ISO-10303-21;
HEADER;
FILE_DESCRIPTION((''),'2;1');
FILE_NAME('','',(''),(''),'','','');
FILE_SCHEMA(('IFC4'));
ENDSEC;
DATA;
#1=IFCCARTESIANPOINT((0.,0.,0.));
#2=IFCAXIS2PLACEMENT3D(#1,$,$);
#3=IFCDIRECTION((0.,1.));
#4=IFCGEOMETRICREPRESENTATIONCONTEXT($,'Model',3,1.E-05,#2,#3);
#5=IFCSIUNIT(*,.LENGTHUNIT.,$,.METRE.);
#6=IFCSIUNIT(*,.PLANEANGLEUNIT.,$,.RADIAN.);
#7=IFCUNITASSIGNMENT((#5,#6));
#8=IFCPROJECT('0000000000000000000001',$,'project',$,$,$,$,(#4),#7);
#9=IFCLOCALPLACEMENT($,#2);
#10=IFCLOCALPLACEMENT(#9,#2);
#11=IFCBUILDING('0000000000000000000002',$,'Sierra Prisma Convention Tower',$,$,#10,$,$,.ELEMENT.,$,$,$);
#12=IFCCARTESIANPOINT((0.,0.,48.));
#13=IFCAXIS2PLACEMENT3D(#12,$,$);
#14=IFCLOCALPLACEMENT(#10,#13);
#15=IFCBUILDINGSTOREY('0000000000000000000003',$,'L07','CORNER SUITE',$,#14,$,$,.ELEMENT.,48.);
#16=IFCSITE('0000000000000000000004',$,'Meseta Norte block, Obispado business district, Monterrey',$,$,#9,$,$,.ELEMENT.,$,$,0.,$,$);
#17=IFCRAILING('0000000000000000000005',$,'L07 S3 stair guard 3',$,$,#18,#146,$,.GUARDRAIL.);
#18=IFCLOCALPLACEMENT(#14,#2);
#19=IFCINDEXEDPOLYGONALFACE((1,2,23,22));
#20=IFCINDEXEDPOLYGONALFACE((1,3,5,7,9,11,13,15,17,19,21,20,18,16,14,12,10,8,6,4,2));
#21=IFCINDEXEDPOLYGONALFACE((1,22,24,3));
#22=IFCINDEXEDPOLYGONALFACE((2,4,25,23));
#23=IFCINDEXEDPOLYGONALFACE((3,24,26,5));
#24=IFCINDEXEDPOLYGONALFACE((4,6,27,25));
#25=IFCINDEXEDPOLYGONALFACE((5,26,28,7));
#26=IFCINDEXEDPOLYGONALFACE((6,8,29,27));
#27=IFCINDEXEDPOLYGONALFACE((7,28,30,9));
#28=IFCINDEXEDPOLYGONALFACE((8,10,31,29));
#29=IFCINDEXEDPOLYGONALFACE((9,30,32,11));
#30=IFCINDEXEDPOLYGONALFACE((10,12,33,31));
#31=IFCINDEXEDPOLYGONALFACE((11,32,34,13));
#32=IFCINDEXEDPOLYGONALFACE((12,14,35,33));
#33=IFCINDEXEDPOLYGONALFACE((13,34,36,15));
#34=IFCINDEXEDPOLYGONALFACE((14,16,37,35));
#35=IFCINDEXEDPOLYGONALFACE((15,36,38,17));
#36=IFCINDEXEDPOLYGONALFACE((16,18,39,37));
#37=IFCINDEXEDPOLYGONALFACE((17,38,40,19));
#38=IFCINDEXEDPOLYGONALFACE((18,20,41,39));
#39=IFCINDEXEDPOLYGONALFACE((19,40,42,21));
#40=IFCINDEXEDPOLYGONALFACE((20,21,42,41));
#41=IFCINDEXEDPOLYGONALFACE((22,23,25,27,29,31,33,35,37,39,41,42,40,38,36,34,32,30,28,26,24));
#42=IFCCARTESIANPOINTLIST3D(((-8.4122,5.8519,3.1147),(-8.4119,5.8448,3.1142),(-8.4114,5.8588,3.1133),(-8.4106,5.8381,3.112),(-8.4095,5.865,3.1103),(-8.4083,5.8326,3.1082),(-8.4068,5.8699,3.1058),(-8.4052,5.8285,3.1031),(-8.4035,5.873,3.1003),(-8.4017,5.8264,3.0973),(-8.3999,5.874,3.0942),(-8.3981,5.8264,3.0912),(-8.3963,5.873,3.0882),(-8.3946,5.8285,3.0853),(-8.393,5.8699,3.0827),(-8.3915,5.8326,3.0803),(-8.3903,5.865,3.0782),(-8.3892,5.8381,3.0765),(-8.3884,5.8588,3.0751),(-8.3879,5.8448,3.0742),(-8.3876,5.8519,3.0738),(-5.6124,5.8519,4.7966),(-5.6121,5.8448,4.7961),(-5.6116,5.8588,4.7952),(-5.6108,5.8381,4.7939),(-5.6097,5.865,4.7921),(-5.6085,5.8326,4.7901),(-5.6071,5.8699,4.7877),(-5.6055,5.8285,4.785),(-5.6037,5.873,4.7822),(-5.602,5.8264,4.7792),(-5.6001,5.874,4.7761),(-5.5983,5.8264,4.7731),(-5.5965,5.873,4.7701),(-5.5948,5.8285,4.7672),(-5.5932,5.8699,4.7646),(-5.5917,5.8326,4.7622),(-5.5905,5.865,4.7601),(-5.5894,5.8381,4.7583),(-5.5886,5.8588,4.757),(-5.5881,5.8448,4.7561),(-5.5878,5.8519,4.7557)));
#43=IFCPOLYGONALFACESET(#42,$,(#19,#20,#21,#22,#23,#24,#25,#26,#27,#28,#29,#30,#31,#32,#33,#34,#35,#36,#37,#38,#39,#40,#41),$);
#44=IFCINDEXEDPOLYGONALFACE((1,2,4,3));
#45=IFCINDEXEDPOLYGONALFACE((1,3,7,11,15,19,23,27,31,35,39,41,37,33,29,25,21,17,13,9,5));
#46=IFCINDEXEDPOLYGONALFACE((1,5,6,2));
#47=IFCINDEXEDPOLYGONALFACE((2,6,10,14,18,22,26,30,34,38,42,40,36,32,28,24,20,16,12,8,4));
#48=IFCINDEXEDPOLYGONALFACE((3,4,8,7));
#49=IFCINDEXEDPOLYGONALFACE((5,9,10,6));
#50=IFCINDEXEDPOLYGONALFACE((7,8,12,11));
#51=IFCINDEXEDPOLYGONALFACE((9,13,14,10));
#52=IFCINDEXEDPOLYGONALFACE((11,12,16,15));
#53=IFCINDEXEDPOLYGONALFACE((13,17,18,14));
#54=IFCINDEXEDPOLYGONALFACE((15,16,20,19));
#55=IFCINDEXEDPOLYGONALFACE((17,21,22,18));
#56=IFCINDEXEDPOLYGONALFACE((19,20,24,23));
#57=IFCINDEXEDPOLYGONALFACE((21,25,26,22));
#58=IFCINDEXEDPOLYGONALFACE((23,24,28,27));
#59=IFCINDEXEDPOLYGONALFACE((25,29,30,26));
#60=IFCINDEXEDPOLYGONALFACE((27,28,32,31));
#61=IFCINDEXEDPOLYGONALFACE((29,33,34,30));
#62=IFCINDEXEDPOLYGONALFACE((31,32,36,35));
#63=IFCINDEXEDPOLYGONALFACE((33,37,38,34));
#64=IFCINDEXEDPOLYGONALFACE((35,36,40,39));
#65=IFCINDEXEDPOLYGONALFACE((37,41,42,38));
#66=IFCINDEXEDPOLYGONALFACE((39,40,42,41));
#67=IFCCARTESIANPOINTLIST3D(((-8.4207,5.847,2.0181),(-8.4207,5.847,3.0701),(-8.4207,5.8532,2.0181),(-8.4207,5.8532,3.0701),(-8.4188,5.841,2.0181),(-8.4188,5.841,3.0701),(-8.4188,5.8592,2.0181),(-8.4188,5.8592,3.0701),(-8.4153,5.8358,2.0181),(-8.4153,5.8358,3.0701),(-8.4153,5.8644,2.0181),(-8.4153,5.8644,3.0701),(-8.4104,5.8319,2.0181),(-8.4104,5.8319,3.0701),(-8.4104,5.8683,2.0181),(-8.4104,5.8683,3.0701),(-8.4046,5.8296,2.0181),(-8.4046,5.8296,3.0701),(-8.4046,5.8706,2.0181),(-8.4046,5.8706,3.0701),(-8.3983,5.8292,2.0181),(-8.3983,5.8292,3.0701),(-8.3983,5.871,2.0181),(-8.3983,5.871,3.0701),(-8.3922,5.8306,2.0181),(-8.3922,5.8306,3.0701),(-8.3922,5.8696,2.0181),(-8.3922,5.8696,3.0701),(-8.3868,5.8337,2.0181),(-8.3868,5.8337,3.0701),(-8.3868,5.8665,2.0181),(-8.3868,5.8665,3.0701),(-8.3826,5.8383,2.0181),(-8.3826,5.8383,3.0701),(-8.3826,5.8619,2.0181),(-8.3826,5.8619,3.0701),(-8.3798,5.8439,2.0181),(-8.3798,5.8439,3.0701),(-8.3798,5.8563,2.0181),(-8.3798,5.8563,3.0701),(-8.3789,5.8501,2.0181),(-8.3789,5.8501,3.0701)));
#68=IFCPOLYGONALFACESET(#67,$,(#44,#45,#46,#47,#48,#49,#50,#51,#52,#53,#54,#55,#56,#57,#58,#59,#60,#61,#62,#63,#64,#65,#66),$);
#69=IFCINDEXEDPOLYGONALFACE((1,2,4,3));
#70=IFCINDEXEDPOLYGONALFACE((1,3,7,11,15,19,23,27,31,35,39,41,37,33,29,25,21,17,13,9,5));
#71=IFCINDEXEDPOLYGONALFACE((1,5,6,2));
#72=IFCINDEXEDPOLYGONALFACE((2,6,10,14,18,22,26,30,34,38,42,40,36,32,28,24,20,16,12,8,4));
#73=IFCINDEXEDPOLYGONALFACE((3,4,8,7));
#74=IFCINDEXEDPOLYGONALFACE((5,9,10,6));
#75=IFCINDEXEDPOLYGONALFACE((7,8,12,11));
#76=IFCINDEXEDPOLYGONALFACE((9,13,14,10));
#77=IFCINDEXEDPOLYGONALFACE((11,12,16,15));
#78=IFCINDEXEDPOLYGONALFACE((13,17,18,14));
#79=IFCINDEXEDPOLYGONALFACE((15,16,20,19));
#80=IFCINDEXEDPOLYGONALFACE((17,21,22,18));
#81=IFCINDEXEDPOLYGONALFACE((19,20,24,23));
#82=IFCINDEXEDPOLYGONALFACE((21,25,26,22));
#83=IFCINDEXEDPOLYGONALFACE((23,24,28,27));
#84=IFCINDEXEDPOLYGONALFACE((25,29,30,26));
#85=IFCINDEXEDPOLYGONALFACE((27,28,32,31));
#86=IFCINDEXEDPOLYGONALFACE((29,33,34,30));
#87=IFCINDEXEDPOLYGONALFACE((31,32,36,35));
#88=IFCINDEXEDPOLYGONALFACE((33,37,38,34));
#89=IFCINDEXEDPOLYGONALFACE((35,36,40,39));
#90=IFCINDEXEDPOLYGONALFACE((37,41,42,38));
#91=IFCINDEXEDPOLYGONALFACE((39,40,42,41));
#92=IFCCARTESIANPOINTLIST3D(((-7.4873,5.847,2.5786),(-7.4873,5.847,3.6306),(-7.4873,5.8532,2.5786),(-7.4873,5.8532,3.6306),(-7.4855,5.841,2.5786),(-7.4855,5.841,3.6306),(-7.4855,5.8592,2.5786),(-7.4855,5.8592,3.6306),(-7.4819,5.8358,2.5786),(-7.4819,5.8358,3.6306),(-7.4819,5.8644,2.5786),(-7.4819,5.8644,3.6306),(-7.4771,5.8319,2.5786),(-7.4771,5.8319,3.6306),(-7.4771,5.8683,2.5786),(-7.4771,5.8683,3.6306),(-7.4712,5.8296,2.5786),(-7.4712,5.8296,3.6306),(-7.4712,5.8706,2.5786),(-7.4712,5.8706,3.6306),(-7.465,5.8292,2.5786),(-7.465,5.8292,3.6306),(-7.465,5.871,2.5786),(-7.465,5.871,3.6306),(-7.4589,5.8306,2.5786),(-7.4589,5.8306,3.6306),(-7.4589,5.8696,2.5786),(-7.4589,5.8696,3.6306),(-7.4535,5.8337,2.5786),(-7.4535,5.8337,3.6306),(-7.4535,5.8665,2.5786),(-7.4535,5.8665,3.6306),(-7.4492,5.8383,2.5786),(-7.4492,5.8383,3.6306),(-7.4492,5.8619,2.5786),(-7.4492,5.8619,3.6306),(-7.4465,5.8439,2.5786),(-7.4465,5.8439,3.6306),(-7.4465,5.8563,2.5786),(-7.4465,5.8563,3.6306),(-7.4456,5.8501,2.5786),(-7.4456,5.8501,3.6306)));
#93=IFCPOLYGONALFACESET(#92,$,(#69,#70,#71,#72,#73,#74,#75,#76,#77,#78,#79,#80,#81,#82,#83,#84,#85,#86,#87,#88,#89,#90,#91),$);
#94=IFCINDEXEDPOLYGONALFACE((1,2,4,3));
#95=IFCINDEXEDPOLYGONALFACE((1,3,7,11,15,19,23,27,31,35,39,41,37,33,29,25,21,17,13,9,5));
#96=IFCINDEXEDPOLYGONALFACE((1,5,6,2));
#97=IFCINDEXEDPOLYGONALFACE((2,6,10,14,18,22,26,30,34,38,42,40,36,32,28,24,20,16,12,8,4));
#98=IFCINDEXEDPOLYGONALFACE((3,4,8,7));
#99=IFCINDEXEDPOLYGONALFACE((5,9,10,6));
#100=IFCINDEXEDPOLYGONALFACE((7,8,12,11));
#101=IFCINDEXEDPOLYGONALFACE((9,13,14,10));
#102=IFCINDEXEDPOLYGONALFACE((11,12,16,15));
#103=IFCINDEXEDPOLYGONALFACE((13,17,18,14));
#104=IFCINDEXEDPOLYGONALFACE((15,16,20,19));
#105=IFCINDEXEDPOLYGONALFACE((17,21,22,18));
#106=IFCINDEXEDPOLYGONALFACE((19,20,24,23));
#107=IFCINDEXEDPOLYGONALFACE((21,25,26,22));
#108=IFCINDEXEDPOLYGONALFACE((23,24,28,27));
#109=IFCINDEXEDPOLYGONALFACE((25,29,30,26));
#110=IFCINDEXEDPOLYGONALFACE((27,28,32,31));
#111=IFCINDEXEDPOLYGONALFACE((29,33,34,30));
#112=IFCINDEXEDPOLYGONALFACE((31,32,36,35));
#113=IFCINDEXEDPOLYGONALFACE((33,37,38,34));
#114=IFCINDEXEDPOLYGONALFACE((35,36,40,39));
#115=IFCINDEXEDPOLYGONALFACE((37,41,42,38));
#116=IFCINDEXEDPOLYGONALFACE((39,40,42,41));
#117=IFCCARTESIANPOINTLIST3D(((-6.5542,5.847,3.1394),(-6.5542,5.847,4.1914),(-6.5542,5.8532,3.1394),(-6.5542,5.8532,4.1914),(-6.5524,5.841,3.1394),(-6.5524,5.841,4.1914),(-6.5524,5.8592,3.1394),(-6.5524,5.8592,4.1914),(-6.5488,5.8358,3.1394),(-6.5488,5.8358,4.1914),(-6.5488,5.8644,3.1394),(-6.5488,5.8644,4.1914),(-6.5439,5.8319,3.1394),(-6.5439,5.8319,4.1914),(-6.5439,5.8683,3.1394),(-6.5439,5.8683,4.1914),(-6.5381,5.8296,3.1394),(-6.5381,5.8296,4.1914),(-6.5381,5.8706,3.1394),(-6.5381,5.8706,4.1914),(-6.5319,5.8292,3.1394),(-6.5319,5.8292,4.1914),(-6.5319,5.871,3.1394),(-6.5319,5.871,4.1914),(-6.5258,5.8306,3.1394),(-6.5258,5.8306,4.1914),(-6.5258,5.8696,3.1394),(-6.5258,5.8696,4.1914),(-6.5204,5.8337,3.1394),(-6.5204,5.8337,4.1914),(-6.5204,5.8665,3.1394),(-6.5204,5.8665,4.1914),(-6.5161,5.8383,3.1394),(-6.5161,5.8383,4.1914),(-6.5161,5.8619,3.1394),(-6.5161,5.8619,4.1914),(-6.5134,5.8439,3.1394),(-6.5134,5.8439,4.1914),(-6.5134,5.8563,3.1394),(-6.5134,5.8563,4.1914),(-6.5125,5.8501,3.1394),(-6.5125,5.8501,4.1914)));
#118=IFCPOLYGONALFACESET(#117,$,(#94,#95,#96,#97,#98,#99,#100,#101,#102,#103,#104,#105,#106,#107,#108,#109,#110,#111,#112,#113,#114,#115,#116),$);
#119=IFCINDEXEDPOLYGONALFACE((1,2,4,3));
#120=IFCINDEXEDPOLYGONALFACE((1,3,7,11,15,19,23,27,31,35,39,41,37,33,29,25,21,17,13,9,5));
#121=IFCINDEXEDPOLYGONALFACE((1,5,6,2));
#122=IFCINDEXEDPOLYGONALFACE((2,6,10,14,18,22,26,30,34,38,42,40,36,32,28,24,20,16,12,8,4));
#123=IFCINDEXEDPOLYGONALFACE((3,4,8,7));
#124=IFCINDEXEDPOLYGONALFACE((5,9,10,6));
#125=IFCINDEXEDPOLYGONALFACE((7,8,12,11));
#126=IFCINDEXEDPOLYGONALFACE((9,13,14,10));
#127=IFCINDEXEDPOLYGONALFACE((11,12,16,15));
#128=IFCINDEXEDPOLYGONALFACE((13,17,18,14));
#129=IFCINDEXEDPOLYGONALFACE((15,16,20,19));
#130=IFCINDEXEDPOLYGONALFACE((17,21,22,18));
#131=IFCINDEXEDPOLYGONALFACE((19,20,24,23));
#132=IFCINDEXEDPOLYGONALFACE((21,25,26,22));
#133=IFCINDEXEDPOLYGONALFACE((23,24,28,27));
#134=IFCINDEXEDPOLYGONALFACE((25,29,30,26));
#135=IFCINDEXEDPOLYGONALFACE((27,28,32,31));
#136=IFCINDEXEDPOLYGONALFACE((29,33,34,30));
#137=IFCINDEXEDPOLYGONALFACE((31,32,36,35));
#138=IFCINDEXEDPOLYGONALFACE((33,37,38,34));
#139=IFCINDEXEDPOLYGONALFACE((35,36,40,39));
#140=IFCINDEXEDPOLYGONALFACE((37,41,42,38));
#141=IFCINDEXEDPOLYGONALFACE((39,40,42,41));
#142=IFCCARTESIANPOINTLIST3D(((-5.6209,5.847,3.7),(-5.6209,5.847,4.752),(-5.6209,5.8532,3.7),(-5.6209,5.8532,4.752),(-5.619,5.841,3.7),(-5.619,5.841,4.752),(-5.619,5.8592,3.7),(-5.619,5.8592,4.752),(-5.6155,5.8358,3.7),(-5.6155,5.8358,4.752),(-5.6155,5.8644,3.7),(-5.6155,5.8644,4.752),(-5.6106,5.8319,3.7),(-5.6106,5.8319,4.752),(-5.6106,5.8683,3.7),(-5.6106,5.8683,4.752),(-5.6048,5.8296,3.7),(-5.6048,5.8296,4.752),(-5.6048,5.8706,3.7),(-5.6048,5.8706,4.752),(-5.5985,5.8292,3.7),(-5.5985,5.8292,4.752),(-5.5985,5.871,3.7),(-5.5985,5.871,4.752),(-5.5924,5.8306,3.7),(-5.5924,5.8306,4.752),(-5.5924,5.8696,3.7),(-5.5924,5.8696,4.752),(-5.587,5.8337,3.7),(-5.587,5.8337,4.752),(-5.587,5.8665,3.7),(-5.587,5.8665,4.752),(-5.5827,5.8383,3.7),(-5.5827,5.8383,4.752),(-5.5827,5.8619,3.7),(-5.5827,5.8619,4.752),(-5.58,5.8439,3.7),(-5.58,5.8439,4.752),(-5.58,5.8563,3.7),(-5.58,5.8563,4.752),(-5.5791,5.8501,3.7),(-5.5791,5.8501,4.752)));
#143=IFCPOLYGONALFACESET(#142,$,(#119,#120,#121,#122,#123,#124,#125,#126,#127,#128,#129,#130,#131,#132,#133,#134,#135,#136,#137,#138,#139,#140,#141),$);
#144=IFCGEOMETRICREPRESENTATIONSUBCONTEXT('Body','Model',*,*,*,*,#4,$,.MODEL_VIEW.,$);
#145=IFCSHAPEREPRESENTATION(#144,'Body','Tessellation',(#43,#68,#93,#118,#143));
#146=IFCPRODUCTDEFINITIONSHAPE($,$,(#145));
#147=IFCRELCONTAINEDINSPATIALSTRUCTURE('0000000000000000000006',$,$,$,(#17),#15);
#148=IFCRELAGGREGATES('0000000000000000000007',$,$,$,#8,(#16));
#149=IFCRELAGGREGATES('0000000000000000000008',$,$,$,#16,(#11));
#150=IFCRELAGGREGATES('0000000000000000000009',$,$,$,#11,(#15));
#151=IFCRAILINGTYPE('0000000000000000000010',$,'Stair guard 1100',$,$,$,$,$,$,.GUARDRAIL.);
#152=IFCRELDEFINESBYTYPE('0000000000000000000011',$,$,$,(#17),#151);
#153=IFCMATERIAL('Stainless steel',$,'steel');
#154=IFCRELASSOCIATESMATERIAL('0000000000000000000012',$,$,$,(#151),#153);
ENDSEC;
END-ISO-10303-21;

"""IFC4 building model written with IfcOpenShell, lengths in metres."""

from ifc_helpers import new_model, si_unit, direction, frame, origin, origin_2d, place, context, subcontext, project, spatial, circle, extrude, material, type_object, element, save


model = new_model("IFC4")

# Units and contexts
model_context = context("Model", 3, precision=1e-05, world=origin(), true_north=direction((0.0, 1.0)))
body_context = subcontext(model_context, "Body", "Model", "MODEL_VIEW")
ifc_project = project(units=[si_unit("LENGTHUNIT", "METRE"), si_unit("PLANEANGLEUNIT", "RADIAN")], contexts=[model_context])

# Site, building, storey
site_placement = place(None, origin())
site = spatial("IfcSite", under=ifc_project, at=site_placement, Name="Meseta Norte block, Obispado business district, Monterrey", CompositionType="ELEMENT", RefElevation=0.0)
building_placement = place(site_placement, origin())
building = spatial("IfcBuilding", under=site, at=building_placement, Name="Sierra Prisma Convention Tower", CompositionType="ELEMENT")
storey_placement = place(building_placement, frame((0.0, 0.0, 48.0)))
storey = spatial("IfcBuildingStorey", under=building, at=storey_placement, Name="L07", Description="CORNER SUITE", CompositionType="ELEMENT", Elevation=48.0)

# Railing
ifc_material_1 = material(Name="Stainless steel", Category="steel")
railing_type_1 = type_object("IfcRailingType", Name="Stair guard 1100", PredefinedType="GUARDRAIL", material=ifc_material_1)
railing_1_placement = place(storey_placement, frame((-8.3999, 5.8501, 2.0181)))
element("IfcRailing", 1, at=railing_1_placement, inside=storey, type_object=railing_type_1, Name="L07 S3 stair guard 3", PredefinedType="GUARDRAIL", context=body_context, shape_type="SweptSolid", body=[
    extrude(circle(Radius=0.0239, at=origin_2d()), frame((0.0, 0.0, 1.0762), z_axis=(0.857222, 0.0, 0.514946), x_axis=(0.0, 1.0, 0.0)), (0.0, 0.0, 1.0), 3.2661),
    extrude(circle(Radius=0.021, at=origin_2d()), origin(), (0.0, 0.0, 1.0), 1.052),
    extrude(circle(Radius=0.021, at=origin_2d()), frame((0.9333, 0.0, 0.5605)), (0.0, 0.0, 1.0), 1.052),
    extrude(circle(Radius=0.021, at=origin_2d()), frame((1.8665, 0.0, 1.1213)), (0.0, 0.0, 1.0), 1.052),
    extrude(circle(Radius=0.021, at=origin_2d()), frame((2.7998, 0.0, 1.6819)), (0.0, 0.0, 1.0), 1.052),
])

save(model, "model.ifc")
